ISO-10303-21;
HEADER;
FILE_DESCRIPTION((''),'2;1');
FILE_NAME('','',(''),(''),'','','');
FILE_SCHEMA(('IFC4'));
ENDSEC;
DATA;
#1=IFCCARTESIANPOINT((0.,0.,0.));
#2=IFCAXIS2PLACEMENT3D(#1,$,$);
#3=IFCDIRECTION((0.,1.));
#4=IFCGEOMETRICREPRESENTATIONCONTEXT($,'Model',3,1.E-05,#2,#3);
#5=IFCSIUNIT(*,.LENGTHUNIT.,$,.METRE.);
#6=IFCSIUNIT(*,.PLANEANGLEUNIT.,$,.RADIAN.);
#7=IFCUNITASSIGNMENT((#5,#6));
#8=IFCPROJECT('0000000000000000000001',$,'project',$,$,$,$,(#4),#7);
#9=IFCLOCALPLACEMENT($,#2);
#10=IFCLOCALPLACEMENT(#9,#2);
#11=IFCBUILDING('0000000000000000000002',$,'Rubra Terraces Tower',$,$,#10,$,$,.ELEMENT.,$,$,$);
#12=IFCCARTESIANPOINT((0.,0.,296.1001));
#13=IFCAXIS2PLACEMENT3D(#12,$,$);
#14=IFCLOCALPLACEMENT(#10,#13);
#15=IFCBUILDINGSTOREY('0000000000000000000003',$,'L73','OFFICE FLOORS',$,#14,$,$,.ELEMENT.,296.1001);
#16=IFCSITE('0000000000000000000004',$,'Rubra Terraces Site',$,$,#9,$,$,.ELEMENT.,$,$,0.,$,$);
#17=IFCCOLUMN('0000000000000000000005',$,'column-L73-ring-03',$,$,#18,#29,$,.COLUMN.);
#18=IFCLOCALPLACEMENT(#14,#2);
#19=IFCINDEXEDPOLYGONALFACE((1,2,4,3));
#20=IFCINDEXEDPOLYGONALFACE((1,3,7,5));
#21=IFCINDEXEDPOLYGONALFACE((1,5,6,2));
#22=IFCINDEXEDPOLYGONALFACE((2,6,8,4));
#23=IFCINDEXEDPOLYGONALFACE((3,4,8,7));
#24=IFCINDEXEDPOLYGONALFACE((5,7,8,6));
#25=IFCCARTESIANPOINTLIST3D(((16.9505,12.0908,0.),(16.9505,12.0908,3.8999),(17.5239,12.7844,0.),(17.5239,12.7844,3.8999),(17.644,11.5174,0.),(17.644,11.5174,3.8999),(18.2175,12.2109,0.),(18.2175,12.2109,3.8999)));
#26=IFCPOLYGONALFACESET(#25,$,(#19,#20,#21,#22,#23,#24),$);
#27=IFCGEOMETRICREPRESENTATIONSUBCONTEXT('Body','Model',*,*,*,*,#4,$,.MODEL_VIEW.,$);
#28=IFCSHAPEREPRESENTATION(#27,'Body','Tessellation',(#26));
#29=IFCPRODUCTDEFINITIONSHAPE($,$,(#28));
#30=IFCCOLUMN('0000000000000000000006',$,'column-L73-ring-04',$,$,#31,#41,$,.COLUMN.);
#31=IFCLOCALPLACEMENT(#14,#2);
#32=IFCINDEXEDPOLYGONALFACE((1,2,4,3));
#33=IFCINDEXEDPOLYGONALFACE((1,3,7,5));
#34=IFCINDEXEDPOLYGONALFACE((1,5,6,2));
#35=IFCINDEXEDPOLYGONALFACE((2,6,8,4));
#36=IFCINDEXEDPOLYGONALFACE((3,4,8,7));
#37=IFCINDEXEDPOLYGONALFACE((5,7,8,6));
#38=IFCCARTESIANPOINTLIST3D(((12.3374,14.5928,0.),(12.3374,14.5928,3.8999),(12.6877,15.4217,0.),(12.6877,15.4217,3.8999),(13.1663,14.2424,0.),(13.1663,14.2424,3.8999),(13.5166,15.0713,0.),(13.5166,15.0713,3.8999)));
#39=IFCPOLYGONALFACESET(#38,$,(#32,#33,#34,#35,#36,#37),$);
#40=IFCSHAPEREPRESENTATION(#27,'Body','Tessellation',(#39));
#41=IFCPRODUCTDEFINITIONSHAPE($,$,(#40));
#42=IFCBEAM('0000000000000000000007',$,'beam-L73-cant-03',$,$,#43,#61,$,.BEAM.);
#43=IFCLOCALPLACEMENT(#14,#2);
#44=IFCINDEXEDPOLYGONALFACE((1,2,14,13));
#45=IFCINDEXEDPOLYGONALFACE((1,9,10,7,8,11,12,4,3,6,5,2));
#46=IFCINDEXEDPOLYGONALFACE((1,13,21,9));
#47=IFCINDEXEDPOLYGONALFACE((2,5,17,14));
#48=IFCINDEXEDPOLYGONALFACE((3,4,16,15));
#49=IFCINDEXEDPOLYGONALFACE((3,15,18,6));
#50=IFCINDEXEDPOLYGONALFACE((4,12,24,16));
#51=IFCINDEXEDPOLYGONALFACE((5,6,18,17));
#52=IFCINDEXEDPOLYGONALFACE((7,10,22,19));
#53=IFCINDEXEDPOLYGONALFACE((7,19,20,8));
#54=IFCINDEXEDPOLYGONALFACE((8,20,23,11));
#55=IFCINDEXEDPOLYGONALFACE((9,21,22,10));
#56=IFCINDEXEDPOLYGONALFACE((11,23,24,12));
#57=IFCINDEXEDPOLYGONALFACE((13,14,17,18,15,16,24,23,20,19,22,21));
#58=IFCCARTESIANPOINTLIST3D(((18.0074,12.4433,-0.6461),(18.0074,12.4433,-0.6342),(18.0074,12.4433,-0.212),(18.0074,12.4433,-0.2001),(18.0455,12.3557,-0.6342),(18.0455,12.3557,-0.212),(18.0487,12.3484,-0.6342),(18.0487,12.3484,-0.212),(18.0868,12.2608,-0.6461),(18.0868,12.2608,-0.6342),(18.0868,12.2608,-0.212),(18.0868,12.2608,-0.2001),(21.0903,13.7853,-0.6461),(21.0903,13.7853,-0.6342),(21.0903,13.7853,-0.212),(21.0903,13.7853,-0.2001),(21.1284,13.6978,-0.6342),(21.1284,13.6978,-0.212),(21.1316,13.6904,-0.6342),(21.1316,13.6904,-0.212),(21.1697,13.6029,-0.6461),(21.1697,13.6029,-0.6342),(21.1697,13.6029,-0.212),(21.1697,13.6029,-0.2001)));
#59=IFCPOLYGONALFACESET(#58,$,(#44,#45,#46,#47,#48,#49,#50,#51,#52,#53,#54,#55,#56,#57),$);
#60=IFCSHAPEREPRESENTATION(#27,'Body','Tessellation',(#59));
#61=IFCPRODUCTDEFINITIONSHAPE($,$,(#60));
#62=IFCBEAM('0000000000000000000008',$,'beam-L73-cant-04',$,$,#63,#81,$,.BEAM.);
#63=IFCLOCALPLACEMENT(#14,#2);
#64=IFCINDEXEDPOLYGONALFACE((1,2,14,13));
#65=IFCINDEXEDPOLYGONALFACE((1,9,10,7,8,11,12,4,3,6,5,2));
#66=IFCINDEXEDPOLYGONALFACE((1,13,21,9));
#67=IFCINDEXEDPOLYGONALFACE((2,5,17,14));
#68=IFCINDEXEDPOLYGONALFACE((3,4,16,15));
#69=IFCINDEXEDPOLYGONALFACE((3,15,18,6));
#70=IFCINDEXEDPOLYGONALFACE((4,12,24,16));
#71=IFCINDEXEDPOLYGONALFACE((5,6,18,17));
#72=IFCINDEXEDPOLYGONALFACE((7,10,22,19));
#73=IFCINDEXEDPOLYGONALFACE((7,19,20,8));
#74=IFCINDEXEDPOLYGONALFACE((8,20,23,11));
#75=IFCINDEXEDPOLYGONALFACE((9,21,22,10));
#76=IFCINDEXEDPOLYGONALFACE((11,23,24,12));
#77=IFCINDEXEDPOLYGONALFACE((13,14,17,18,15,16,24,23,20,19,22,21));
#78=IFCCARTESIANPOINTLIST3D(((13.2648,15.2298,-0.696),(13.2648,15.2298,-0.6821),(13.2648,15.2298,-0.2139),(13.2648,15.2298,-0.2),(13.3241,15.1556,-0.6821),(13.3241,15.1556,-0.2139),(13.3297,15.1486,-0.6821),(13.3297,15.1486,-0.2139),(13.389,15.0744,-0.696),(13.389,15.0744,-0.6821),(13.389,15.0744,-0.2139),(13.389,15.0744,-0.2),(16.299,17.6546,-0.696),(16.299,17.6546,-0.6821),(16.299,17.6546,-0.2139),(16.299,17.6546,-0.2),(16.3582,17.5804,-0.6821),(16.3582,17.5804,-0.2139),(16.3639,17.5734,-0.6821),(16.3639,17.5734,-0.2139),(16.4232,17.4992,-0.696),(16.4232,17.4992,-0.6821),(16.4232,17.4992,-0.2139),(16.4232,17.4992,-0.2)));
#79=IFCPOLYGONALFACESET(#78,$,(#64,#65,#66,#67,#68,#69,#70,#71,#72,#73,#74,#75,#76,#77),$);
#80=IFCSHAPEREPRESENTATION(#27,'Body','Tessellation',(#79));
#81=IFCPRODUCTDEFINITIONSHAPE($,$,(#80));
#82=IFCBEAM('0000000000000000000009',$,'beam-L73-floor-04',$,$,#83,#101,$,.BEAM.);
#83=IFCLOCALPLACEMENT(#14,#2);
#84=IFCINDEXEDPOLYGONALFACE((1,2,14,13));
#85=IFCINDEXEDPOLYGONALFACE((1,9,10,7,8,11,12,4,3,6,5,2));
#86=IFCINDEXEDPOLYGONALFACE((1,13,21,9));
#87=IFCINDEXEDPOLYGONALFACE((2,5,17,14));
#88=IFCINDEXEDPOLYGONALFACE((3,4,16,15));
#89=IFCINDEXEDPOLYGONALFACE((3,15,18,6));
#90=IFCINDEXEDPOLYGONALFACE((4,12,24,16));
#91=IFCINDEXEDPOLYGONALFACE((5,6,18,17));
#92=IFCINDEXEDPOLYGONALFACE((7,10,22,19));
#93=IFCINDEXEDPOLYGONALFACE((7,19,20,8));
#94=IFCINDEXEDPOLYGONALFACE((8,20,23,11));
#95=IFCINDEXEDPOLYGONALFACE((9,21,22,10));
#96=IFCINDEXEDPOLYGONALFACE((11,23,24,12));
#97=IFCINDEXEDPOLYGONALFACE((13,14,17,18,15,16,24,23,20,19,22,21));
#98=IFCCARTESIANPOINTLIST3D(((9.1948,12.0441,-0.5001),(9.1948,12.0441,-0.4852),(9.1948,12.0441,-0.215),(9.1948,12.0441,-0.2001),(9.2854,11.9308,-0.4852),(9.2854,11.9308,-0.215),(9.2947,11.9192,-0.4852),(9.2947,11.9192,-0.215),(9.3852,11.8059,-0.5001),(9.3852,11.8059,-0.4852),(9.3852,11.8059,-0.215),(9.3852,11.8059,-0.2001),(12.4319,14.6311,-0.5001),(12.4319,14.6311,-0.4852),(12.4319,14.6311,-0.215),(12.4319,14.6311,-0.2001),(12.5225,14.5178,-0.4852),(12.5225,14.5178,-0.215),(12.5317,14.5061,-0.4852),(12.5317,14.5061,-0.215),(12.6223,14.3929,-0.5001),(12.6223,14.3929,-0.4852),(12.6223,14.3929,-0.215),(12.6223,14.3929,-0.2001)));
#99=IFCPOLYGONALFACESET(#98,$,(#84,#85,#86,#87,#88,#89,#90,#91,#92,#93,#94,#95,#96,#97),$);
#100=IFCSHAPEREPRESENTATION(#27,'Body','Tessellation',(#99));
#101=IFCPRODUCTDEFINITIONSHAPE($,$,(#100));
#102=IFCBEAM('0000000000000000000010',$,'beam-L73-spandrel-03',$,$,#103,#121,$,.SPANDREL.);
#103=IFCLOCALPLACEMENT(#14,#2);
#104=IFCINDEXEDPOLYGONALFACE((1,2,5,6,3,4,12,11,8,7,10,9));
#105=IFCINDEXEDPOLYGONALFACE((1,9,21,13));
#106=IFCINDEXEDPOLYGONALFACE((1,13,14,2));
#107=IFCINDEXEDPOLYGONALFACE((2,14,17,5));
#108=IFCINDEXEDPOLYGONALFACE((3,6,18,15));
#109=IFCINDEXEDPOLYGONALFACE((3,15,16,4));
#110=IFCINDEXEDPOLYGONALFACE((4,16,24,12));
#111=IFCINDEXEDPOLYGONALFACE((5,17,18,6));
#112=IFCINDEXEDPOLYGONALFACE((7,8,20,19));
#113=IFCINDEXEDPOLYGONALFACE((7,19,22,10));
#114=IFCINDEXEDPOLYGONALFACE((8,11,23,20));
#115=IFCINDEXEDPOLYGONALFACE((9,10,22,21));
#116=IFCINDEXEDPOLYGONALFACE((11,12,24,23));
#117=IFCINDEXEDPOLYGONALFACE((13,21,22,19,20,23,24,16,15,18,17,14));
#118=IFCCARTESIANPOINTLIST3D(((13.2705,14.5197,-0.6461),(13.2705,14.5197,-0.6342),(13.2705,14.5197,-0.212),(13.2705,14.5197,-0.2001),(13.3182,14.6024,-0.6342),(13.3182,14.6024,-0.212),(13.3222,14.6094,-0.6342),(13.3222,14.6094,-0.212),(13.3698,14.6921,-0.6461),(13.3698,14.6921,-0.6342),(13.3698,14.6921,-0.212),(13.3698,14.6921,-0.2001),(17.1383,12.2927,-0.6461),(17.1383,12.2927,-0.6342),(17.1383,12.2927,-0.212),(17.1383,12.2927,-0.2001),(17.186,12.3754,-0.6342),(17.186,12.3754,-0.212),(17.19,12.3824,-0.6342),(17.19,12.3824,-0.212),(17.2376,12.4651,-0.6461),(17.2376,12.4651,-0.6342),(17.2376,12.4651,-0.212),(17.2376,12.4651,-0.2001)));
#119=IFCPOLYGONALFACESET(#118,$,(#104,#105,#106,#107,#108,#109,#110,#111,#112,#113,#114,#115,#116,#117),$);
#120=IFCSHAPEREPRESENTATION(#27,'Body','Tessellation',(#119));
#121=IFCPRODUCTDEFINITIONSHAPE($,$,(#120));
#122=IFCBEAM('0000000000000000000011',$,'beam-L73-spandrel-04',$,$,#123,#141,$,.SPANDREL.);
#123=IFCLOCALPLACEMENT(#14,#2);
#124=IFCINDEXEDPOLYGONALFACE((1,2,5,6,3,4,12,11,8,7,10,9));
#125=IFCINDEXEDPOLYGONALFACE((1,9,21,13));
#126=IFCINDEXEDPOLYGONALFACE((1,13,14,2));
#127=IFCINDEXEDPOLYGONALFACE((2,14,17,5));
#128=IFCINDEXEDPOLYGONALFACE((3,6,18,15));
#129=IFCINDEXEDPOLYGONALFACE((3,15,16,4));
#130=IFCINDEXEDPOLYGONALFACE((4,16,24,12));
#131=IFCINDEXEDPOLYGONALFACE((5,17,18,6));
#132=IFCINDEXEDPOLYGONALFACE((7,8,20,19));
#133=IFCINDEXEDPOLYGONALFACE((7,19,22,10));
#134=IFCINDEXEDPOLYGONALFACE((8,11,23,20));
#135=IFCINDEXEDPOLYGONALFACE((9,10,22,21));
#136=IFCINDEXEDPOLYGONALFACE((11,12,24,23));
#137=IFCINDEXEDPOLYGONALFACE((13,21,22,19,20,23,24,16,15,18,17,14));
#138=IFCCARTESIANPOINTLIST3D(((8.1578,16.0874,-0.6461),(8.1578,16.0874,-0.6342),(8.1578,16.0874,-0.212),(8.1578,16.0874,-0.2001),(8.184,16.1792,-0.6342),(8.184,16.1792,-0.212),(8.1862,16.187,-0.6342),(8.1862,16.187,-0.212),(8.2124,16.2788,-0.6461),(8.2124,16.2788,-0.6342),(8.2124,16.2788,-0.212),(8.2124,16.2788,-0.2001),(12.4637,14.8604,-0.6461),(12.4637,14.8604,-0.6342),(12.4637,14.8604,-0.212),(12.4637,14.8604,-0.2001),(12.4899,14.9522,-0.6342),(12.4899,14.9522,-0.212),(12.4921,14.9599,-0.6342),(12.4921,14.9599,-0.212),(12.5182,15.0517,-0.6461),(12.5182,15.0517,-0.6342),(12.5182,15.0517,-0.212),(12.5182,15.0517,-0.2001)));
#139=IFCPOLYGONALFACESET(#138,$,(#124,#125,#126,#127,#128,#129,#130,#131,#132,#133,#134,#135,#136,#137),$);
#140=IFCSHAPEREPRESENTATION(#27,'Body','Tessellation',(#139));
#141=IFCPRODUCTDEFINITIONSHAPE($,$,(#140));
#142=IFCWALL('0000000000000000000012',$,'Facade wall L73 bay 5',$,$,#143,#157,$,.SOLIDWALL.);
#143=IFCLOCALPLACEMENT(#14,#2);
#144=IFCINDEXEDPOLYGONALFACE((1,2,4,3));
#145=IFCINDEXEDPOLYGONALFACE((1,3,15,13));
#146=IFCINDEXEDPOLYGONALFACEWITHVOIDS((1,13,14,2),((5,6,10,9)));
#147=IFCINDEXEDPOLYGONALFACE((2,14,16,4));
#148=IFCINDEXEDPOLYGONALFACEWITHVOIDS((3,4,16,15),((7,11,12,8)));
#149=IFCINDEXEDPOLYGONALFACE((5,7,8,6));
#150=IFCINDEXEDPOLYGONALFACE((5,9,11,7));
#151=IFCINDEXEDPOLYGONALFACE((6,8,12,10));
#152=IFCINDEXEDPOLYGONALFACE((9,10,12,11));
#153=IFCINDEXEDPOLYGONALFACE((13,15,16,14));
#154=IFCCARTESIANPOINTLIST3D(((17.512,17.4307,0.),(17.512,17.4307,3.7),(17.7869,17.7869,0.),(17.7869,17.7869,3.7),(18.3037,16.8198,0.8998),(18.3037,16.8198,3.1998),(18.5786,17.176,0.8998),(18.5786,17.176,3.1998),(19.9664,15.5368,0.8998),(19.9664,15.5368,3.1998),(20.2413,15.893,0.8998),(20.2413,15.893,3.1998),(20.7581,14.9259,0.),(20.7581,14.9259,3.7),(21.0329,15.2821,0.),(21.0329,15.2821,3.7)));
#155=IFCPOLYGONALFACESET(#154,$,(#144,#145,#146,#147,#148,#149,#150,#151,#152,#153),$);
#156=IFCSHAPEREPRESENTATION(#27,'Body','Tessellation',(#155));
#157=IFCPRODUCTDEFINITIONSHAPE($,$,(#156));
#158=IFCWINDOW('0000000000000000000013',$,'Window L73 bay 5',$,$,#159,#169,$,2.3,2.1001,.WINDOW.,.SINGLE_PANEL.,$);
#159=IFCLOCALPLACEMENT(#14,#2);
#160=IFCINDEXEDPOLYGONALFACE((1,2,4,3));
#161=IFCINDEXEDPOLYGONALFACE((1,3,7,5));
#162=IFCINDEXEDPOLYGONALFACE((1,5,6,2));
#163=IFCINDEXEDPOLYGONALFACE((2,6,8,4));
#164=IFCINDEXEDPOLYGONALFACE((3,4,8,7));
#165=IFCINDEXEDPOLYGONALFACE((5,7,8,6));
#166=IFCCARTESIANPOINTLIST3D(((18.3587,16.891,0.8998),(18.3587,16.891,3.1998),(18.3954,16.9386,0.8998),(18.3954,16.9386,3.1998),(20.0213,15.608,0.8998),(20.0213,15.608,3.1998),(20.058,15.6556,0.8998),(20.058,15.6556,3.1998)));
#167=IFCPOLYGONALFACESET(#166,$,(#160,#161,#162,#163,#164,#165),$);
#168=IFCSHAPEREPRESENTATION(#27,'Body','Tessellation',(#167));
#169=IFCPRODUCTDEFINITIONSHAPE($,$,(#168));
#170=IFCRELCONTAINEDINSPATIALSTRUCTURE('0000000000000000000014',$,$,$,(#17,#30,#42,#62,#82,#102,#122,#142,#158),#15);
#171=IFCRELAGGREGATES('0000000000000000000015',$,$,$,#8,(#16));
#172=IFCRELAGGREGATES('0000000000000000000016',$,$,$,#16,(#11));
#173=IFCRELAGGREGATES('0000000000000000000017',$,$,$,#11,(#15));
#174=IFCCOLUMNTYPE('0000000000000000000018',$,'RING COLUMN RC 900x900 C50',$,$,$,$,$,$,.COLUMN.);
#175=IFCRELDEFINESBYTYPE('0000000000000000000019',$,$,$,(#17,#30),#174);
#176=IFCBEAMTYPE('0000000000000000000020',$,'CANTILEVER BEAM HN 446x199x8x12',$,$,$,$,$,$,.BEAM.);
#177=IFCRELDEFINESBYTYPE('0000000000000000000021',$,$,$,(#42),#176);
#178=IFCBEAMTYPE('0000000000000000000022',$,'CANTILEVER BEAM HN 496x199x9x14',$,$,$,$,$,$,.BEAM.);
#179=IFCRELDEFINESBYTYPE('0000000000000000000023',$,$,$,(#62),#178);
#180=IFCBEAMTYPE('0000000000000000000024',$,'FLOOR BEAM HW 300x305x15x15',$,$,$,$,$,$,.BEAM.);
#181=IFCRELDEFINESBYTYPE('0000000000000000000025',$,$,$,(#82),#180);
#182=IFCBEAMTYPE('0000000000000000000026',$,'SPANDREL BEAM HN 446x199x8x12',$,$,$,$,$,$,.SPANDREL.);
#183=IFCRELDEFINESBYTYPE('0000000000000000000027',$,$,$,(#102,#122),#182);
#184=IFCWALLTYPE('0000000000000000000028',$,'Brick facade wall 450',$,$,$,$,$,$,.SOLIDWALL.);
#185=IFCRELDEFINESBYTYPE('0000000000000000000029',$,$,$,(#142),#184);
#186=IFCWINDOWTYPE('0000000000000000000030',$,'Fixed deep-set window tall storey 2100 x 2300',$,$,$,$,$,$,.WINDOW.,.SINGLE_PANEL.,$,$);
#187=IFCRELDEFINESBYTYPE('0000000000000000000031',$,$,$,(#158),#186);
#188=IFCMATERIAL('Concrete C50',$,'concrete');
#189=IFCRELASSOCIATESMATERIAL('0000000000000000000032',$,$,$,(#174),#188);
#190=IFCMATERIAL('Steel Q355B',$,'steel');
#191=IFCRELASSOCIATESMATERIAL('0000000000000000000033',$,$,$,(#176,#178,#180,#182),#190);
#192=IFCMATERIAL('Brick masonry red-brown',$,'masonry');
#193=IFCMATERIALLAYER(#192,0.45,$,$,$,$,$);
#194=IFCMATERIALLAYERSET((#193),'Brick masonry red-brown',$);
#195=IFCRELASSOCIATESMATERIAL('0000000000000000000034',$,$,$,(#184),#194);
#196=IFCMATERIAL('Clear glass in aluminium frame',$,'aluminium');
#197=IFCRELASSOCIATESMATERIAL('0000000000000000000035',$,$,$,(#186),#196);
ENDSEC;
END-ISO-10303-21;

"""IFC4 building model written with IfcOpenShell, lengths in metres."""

from ifc_helpers import new_model, si_unit, direction, frame, frame_2d, origin, origin_2d, place, context, subcontext, project, spatial, rectangle, i_section, extrude, material, layer, layer_set, material_profile, profile_set, type_object, element, fill, save


model = new_model("IFC4")

# Units and contexts
model_context = context("Model", 3, precision=1e-05, world=origin(), true_north=direction((0.0, 1.0)))
body_context = subcontext(model_context, "Body", "Model", "MODEL_VIEW")
ifc_project = project(units=[si_unit("LENGTHUNIT", "METRE"), si_unit("PLANEANGLEUNIT", "RADIAN")], contexts=[model_context])

# Site, building, storey
site_placement = place(None, origin())
site = spatial("IfcSite", under=ifc_project, at=site_placement, Name="Rubra Terraces Site", CompositionType="ELEMENT", RefElevation=0.0)
building_placement = place(site_placement, origin())
building = spatial("IfcBuilding", under=site, at=building_placement, Name="Rubra Terraces Tower", CompositionType="ELEMENT")
storey_placement = place(building_placement, frame((0.0, 0.0, 296.1001)))
storey = spatial("IfcBuildingStorey", under=building, at=storey_placement, Name="L73", Description="OFFICE FLOORS", CompositionType="ELEMENT", Elevation=296.1001)

# Columns
ifc_material_1 = material(Name="Concrete C50", Category="concrete")
ifc_material_profile_1 = material_profile(ifc_material_1, rectangle(XDim=0.8999, YDim=0.8999, at=origin_2d()), Name="RC 900x900")
ifc_profile_set_1 = profile_set([ifc_material_profile_1], Name="Concrete C50")
column_type = type_object("IfcColumnType", Name="RING COLUMN RC 900x900 C50", PredefinedType="COLUMN", material=ifc_profile_set_1)
for number, where, z_axis, x_axis, name in (
    (1, (17.584, 12.1509, 0.0), (0.0, 0.0, 1.0), (-0.770679, 0.637223, 0.0), "column-L73-ring-03"),
    (2, (12.927, 14.832, 0.0), (0.0, 0.0, 1.0), (-0.921106, 0.389313, 0.0), "column-L73-ring-04"),
):
    element("IfcColumn", number, at=place(storey_placement, frame(where, z_axis=z_axis, x_axis=x_axis)), inside=storey, type_object=column_type, Name=name, PredefinedType="COLUMN", context=body_context, shape_type="SweptSolid", body=[
        extrude(rectangle(XDim=0.8999, YDim=0.8999, at=origin_2d()), origin(), (0.0, 0.0, 1.0), 3.8999),
    ])

# Beams
ifc_material_2 = material(Name="Steel Q355B", Category="steel")
ifc_material_profile_2 = material_profile(ifc_material_2, i_section(OverallWidth=0.199, OverallDepth=0.446, WebThickness=0.0081, FlangeThickness=0.012, at=origin_2d()), Name="HN 446x199x8x12")
ifc_profile_set_2 = profile_set([ifc_material_profile_2], Name="Steel Q355B")
beam_type_1 = type_object("IfcBeamType", Name="CANTILEVER BEAM HN 446x199x8x12", PredefinedType="BEAM", material=ifc_profile_set_2)
beam_1_placement = place(storey_placement, frame((18.0471, 12.3521, -0.4231), z_axis=(0.916884, 0.399154, 0.0), x_axis=(-0.399154, 0.916884, 0.0)))
element("IfcBeam", 3, at=beam_1_placement, inside=storey, type_object=beam_type_1, Name="beam-L73-cant-03", PredefinedType="BEAM", context=body_context, shape_type="SweptSolid", body=[
    extrude(i_section(OverallWidth=0.199, OverallDepth=0.446, WebThickness=0.0081, FlangeThickness=0.012, at=origin_2d()), origin(), (0.0, 0.0, 1.0), 3.3623),
])
ifc_material_profile_3 = material_profile(ifc_material_2, i_section(OverallWidth=0.199, OverallDepth=0.4961, WebThickness=0.009, FlangeThickness=0.0139, at=origin_2d()), Name="HN 496x199x9x14")
ifc_profile_set_3 = profile_set([ifc_material_profile_3], Name="Steel Q355B")
beam_type_2 = type_object("IfcBeamType", Name="CANTILEVER BEAM HN 496x199x9x14", PredefinedType="BEAM", material=ifc_profile_set_3)
beam_2_placement = place(storey_placement, frame((13.3269, 15.1521, -0.448), z_axis=(0.781188, 0.624296, 0.0), x_axis=(-0.624296, 0.781188, 0.0)))
element("IfcBeam", 4, at=beam_2_placement, inside=storey, type_object=beam_type_2, Name="beam-L73-cant-04", PredefinedType="BEAM", context=body_context, shape_type="SweptSolid", body=[
    extrude(i_section(OverallWidth=0.199, OverallDepth=0.4961, WebThickness=0.009, FlangeThickness=0.0139, at=origin_2d()), origin(), (0.0, 0.0, 1.0), 3.884),
])
ifc_material_profile_4 = material_profile(ifc_material_2, i_section(OverallWidth=0.3049, OverallDepth=0.3, WebThickness=0.0149, FlangeThickness=0.0149, at=origin_2d()), Name="HW 300x305x15x15")
ifc_profile_set_4 = profile_set([ifc_material_profile_4], Name="Steel Q355B")
beam_type_3 = type_object("IfcBeamType", Name="FLOOR BEAM HW 300x305x15x15", PredefinedType="BEAM", material=ifc_profile_set_4)
beam_3_placement = place(storey_placement, frame((12.5271, 14.512, -0.3501), z_axis=(-0.781191, -0.624293, 0.0), x_axis=(0.624293, -0.781191, 0.0)))
element("IfcBeam", 5, at=beam_3_placement, inside=storey, type_object=beam_type_3, Name="beam-L73-floor-04", PredefinedType="BEAM", context=body_context, shape_type="SweptSolid", body=[
    extrude(i_section(OverallWidth=0.3049, OverallDepth=0.3, WebThickness=0.0149, FlangeThickness=0.0149, at=origin_2d()), origin(), (0.0, 0.0, 1.0), 4.1438),
])
ifc_material_profile_5 = material_profile(ifc_material_2, i_section(OverallWidth=0.199, OverallDepth=0.446, WebThickness=0.0081, FlangeThickness=0.012, at=origin_2d()), Name="HN 446x199x8x12")
ifc_profile_set_5 = profile_set([ifc_material_profile_5], Name="Steel Q355B")
beam_type_4 = type_object("IfcBeamType", Name="SPANDREL BEAM HN 446x199x8x12", PredefinedType="SPANDREL", material=ifc_profile_set_5)
beam_4_placement = place(storey_placement, frame((17.188, 12.3789, -0.4231), z_axis=(-0.866616, 0.498976, 0.0), x_axis=(-0.498976, -0.866616, 0.0)))
element("IfcBeam", 6, at=beam_4_placement, inside=storey, type_object=beam_type_4, Name="beam-L73-spandrel-03", PredefinedType="SPANDREL", context=body_context, shape_type="SweptSolid", body=[
    extrude(i_section(OverallWidth=0.199, OverallDepth=0.446, WebThickness=0.0081, FlangeThickness=0.012, at=origin_2d()), origin(), (0.0, 0.0, 1.0), 4.4631),
])
beam_5_placement = place(storey_placement, frame((12.491, 14.9561, -0.4231), z_axis=(-0.961713, 0.274058, 0.0), x_axis=(-0.274058, -0.961713, 0.0)))
element("IfcBeam", 7, at=beam_5_placement, inside=storey, type_object=beam_type_4, Name="beam-L73-spandrel-04", PredefinedType="SPANDREL", context=body_context, shape_type="SweptSolid", body=[
    extrude(i_section(OverallWidth=0.199, OverallDepth=0.446, WebThickness=0.0081, FlangeThickness=0.012, at=origin_2d()), origin(), (0.0, 0.0, 1.0), 4.4773),
])

# Wall, opening, window
ifc_material_3 = material(Name="Brick masonry red-brown", Category="masonry")
ifc_layer_1 = layer(ifc_material_3, 0.45)
ifc_layer_set_1 = layer_set([ifc_layer_1], Name="Brick masonry red-brown")
wall_type_1 = type_object("IfcWallType", Name="Brick facade wall 450", PredefinedType="SOLIDWALL", material=ifc_layer_set_1)
wall_1_placement = place(storey_placement, frame((20.8955, 15.104, 0.0), z_axis=(0.0, 0.0, 1.0), x_axis=(-0.791693, 0.610919, 0.0)))
wall_1 = element("IfcWall", 8, at=wall_1_placement, inside=storey, type_object=wall_type_1, Name="Facade wall L73 bay 5", PredefinedType="SOLIDWALL", context=body_context, shape_type="SweptSolid", body=[
    extrude(rectangle(XDim=4.1001, YDim=0.45, at=frame_2d((2.05, 0.0))), origin(), (0.0, 0.0, 1.0), 3.7),
])
opening_1_placement = place(wall_1_placement, frame((1.0, 0.0, 0.8999)))
opening_1 = element("IfcOpeningElement", 9, at=opening_1_placement, cuts=wall_1, PredefinedType="OPENING", context=body_context, shape_type="SweptSolid", body=[
    extrude(rectangle(XDim=2.1001, YDim=2.3, at=frame_2d((1.05, 1.1499))), frame((0.0, 0.2349, 0.0), z_axis=(0.0, -1.0, 0.0), x_axis=(1.0, 0.0, 0.0)), (0.0, 0.0, 1.0), 0.47),
])
ifc_material_4 = material(Name="Clear glass in aluminium frame", Category="aluminium")
window_type = type_object("IfcWindowType", Name="Fixed deep-set window tall storey 2100 x 2300", PartitioningType="SINGLE_PANEL", PredefinedType="WINDOW", material=ifc_material_4)
window_1_placement = place(opening_1_placement, origin())
window_1 = element("IfcWindow", 10, at=window_1_placement, inside=storey, type_object=window_type, Name="Window L73 bay 5", OverallHeight=2.3, OverallWidth=2.1001, PartitioningType="SINGLE_PANEL", PredefinedType="WINDOW", context=body_context, shape_type="SweptSolid", body=[
    extrude(rectangle(XDim=2.1001, YDim=2.3, at=frame_2d((1.05, 1.1499))), frame((0.0, 0.135, 0.0), z_axis=(0.0, -1.0, 0.0), x_axis=(1.0, 0.0, 0.0)), (0.0, 0.0, 1.0), 0.0601),
])
fill(opening_1, window_1)

save(model, "model.ifc")
